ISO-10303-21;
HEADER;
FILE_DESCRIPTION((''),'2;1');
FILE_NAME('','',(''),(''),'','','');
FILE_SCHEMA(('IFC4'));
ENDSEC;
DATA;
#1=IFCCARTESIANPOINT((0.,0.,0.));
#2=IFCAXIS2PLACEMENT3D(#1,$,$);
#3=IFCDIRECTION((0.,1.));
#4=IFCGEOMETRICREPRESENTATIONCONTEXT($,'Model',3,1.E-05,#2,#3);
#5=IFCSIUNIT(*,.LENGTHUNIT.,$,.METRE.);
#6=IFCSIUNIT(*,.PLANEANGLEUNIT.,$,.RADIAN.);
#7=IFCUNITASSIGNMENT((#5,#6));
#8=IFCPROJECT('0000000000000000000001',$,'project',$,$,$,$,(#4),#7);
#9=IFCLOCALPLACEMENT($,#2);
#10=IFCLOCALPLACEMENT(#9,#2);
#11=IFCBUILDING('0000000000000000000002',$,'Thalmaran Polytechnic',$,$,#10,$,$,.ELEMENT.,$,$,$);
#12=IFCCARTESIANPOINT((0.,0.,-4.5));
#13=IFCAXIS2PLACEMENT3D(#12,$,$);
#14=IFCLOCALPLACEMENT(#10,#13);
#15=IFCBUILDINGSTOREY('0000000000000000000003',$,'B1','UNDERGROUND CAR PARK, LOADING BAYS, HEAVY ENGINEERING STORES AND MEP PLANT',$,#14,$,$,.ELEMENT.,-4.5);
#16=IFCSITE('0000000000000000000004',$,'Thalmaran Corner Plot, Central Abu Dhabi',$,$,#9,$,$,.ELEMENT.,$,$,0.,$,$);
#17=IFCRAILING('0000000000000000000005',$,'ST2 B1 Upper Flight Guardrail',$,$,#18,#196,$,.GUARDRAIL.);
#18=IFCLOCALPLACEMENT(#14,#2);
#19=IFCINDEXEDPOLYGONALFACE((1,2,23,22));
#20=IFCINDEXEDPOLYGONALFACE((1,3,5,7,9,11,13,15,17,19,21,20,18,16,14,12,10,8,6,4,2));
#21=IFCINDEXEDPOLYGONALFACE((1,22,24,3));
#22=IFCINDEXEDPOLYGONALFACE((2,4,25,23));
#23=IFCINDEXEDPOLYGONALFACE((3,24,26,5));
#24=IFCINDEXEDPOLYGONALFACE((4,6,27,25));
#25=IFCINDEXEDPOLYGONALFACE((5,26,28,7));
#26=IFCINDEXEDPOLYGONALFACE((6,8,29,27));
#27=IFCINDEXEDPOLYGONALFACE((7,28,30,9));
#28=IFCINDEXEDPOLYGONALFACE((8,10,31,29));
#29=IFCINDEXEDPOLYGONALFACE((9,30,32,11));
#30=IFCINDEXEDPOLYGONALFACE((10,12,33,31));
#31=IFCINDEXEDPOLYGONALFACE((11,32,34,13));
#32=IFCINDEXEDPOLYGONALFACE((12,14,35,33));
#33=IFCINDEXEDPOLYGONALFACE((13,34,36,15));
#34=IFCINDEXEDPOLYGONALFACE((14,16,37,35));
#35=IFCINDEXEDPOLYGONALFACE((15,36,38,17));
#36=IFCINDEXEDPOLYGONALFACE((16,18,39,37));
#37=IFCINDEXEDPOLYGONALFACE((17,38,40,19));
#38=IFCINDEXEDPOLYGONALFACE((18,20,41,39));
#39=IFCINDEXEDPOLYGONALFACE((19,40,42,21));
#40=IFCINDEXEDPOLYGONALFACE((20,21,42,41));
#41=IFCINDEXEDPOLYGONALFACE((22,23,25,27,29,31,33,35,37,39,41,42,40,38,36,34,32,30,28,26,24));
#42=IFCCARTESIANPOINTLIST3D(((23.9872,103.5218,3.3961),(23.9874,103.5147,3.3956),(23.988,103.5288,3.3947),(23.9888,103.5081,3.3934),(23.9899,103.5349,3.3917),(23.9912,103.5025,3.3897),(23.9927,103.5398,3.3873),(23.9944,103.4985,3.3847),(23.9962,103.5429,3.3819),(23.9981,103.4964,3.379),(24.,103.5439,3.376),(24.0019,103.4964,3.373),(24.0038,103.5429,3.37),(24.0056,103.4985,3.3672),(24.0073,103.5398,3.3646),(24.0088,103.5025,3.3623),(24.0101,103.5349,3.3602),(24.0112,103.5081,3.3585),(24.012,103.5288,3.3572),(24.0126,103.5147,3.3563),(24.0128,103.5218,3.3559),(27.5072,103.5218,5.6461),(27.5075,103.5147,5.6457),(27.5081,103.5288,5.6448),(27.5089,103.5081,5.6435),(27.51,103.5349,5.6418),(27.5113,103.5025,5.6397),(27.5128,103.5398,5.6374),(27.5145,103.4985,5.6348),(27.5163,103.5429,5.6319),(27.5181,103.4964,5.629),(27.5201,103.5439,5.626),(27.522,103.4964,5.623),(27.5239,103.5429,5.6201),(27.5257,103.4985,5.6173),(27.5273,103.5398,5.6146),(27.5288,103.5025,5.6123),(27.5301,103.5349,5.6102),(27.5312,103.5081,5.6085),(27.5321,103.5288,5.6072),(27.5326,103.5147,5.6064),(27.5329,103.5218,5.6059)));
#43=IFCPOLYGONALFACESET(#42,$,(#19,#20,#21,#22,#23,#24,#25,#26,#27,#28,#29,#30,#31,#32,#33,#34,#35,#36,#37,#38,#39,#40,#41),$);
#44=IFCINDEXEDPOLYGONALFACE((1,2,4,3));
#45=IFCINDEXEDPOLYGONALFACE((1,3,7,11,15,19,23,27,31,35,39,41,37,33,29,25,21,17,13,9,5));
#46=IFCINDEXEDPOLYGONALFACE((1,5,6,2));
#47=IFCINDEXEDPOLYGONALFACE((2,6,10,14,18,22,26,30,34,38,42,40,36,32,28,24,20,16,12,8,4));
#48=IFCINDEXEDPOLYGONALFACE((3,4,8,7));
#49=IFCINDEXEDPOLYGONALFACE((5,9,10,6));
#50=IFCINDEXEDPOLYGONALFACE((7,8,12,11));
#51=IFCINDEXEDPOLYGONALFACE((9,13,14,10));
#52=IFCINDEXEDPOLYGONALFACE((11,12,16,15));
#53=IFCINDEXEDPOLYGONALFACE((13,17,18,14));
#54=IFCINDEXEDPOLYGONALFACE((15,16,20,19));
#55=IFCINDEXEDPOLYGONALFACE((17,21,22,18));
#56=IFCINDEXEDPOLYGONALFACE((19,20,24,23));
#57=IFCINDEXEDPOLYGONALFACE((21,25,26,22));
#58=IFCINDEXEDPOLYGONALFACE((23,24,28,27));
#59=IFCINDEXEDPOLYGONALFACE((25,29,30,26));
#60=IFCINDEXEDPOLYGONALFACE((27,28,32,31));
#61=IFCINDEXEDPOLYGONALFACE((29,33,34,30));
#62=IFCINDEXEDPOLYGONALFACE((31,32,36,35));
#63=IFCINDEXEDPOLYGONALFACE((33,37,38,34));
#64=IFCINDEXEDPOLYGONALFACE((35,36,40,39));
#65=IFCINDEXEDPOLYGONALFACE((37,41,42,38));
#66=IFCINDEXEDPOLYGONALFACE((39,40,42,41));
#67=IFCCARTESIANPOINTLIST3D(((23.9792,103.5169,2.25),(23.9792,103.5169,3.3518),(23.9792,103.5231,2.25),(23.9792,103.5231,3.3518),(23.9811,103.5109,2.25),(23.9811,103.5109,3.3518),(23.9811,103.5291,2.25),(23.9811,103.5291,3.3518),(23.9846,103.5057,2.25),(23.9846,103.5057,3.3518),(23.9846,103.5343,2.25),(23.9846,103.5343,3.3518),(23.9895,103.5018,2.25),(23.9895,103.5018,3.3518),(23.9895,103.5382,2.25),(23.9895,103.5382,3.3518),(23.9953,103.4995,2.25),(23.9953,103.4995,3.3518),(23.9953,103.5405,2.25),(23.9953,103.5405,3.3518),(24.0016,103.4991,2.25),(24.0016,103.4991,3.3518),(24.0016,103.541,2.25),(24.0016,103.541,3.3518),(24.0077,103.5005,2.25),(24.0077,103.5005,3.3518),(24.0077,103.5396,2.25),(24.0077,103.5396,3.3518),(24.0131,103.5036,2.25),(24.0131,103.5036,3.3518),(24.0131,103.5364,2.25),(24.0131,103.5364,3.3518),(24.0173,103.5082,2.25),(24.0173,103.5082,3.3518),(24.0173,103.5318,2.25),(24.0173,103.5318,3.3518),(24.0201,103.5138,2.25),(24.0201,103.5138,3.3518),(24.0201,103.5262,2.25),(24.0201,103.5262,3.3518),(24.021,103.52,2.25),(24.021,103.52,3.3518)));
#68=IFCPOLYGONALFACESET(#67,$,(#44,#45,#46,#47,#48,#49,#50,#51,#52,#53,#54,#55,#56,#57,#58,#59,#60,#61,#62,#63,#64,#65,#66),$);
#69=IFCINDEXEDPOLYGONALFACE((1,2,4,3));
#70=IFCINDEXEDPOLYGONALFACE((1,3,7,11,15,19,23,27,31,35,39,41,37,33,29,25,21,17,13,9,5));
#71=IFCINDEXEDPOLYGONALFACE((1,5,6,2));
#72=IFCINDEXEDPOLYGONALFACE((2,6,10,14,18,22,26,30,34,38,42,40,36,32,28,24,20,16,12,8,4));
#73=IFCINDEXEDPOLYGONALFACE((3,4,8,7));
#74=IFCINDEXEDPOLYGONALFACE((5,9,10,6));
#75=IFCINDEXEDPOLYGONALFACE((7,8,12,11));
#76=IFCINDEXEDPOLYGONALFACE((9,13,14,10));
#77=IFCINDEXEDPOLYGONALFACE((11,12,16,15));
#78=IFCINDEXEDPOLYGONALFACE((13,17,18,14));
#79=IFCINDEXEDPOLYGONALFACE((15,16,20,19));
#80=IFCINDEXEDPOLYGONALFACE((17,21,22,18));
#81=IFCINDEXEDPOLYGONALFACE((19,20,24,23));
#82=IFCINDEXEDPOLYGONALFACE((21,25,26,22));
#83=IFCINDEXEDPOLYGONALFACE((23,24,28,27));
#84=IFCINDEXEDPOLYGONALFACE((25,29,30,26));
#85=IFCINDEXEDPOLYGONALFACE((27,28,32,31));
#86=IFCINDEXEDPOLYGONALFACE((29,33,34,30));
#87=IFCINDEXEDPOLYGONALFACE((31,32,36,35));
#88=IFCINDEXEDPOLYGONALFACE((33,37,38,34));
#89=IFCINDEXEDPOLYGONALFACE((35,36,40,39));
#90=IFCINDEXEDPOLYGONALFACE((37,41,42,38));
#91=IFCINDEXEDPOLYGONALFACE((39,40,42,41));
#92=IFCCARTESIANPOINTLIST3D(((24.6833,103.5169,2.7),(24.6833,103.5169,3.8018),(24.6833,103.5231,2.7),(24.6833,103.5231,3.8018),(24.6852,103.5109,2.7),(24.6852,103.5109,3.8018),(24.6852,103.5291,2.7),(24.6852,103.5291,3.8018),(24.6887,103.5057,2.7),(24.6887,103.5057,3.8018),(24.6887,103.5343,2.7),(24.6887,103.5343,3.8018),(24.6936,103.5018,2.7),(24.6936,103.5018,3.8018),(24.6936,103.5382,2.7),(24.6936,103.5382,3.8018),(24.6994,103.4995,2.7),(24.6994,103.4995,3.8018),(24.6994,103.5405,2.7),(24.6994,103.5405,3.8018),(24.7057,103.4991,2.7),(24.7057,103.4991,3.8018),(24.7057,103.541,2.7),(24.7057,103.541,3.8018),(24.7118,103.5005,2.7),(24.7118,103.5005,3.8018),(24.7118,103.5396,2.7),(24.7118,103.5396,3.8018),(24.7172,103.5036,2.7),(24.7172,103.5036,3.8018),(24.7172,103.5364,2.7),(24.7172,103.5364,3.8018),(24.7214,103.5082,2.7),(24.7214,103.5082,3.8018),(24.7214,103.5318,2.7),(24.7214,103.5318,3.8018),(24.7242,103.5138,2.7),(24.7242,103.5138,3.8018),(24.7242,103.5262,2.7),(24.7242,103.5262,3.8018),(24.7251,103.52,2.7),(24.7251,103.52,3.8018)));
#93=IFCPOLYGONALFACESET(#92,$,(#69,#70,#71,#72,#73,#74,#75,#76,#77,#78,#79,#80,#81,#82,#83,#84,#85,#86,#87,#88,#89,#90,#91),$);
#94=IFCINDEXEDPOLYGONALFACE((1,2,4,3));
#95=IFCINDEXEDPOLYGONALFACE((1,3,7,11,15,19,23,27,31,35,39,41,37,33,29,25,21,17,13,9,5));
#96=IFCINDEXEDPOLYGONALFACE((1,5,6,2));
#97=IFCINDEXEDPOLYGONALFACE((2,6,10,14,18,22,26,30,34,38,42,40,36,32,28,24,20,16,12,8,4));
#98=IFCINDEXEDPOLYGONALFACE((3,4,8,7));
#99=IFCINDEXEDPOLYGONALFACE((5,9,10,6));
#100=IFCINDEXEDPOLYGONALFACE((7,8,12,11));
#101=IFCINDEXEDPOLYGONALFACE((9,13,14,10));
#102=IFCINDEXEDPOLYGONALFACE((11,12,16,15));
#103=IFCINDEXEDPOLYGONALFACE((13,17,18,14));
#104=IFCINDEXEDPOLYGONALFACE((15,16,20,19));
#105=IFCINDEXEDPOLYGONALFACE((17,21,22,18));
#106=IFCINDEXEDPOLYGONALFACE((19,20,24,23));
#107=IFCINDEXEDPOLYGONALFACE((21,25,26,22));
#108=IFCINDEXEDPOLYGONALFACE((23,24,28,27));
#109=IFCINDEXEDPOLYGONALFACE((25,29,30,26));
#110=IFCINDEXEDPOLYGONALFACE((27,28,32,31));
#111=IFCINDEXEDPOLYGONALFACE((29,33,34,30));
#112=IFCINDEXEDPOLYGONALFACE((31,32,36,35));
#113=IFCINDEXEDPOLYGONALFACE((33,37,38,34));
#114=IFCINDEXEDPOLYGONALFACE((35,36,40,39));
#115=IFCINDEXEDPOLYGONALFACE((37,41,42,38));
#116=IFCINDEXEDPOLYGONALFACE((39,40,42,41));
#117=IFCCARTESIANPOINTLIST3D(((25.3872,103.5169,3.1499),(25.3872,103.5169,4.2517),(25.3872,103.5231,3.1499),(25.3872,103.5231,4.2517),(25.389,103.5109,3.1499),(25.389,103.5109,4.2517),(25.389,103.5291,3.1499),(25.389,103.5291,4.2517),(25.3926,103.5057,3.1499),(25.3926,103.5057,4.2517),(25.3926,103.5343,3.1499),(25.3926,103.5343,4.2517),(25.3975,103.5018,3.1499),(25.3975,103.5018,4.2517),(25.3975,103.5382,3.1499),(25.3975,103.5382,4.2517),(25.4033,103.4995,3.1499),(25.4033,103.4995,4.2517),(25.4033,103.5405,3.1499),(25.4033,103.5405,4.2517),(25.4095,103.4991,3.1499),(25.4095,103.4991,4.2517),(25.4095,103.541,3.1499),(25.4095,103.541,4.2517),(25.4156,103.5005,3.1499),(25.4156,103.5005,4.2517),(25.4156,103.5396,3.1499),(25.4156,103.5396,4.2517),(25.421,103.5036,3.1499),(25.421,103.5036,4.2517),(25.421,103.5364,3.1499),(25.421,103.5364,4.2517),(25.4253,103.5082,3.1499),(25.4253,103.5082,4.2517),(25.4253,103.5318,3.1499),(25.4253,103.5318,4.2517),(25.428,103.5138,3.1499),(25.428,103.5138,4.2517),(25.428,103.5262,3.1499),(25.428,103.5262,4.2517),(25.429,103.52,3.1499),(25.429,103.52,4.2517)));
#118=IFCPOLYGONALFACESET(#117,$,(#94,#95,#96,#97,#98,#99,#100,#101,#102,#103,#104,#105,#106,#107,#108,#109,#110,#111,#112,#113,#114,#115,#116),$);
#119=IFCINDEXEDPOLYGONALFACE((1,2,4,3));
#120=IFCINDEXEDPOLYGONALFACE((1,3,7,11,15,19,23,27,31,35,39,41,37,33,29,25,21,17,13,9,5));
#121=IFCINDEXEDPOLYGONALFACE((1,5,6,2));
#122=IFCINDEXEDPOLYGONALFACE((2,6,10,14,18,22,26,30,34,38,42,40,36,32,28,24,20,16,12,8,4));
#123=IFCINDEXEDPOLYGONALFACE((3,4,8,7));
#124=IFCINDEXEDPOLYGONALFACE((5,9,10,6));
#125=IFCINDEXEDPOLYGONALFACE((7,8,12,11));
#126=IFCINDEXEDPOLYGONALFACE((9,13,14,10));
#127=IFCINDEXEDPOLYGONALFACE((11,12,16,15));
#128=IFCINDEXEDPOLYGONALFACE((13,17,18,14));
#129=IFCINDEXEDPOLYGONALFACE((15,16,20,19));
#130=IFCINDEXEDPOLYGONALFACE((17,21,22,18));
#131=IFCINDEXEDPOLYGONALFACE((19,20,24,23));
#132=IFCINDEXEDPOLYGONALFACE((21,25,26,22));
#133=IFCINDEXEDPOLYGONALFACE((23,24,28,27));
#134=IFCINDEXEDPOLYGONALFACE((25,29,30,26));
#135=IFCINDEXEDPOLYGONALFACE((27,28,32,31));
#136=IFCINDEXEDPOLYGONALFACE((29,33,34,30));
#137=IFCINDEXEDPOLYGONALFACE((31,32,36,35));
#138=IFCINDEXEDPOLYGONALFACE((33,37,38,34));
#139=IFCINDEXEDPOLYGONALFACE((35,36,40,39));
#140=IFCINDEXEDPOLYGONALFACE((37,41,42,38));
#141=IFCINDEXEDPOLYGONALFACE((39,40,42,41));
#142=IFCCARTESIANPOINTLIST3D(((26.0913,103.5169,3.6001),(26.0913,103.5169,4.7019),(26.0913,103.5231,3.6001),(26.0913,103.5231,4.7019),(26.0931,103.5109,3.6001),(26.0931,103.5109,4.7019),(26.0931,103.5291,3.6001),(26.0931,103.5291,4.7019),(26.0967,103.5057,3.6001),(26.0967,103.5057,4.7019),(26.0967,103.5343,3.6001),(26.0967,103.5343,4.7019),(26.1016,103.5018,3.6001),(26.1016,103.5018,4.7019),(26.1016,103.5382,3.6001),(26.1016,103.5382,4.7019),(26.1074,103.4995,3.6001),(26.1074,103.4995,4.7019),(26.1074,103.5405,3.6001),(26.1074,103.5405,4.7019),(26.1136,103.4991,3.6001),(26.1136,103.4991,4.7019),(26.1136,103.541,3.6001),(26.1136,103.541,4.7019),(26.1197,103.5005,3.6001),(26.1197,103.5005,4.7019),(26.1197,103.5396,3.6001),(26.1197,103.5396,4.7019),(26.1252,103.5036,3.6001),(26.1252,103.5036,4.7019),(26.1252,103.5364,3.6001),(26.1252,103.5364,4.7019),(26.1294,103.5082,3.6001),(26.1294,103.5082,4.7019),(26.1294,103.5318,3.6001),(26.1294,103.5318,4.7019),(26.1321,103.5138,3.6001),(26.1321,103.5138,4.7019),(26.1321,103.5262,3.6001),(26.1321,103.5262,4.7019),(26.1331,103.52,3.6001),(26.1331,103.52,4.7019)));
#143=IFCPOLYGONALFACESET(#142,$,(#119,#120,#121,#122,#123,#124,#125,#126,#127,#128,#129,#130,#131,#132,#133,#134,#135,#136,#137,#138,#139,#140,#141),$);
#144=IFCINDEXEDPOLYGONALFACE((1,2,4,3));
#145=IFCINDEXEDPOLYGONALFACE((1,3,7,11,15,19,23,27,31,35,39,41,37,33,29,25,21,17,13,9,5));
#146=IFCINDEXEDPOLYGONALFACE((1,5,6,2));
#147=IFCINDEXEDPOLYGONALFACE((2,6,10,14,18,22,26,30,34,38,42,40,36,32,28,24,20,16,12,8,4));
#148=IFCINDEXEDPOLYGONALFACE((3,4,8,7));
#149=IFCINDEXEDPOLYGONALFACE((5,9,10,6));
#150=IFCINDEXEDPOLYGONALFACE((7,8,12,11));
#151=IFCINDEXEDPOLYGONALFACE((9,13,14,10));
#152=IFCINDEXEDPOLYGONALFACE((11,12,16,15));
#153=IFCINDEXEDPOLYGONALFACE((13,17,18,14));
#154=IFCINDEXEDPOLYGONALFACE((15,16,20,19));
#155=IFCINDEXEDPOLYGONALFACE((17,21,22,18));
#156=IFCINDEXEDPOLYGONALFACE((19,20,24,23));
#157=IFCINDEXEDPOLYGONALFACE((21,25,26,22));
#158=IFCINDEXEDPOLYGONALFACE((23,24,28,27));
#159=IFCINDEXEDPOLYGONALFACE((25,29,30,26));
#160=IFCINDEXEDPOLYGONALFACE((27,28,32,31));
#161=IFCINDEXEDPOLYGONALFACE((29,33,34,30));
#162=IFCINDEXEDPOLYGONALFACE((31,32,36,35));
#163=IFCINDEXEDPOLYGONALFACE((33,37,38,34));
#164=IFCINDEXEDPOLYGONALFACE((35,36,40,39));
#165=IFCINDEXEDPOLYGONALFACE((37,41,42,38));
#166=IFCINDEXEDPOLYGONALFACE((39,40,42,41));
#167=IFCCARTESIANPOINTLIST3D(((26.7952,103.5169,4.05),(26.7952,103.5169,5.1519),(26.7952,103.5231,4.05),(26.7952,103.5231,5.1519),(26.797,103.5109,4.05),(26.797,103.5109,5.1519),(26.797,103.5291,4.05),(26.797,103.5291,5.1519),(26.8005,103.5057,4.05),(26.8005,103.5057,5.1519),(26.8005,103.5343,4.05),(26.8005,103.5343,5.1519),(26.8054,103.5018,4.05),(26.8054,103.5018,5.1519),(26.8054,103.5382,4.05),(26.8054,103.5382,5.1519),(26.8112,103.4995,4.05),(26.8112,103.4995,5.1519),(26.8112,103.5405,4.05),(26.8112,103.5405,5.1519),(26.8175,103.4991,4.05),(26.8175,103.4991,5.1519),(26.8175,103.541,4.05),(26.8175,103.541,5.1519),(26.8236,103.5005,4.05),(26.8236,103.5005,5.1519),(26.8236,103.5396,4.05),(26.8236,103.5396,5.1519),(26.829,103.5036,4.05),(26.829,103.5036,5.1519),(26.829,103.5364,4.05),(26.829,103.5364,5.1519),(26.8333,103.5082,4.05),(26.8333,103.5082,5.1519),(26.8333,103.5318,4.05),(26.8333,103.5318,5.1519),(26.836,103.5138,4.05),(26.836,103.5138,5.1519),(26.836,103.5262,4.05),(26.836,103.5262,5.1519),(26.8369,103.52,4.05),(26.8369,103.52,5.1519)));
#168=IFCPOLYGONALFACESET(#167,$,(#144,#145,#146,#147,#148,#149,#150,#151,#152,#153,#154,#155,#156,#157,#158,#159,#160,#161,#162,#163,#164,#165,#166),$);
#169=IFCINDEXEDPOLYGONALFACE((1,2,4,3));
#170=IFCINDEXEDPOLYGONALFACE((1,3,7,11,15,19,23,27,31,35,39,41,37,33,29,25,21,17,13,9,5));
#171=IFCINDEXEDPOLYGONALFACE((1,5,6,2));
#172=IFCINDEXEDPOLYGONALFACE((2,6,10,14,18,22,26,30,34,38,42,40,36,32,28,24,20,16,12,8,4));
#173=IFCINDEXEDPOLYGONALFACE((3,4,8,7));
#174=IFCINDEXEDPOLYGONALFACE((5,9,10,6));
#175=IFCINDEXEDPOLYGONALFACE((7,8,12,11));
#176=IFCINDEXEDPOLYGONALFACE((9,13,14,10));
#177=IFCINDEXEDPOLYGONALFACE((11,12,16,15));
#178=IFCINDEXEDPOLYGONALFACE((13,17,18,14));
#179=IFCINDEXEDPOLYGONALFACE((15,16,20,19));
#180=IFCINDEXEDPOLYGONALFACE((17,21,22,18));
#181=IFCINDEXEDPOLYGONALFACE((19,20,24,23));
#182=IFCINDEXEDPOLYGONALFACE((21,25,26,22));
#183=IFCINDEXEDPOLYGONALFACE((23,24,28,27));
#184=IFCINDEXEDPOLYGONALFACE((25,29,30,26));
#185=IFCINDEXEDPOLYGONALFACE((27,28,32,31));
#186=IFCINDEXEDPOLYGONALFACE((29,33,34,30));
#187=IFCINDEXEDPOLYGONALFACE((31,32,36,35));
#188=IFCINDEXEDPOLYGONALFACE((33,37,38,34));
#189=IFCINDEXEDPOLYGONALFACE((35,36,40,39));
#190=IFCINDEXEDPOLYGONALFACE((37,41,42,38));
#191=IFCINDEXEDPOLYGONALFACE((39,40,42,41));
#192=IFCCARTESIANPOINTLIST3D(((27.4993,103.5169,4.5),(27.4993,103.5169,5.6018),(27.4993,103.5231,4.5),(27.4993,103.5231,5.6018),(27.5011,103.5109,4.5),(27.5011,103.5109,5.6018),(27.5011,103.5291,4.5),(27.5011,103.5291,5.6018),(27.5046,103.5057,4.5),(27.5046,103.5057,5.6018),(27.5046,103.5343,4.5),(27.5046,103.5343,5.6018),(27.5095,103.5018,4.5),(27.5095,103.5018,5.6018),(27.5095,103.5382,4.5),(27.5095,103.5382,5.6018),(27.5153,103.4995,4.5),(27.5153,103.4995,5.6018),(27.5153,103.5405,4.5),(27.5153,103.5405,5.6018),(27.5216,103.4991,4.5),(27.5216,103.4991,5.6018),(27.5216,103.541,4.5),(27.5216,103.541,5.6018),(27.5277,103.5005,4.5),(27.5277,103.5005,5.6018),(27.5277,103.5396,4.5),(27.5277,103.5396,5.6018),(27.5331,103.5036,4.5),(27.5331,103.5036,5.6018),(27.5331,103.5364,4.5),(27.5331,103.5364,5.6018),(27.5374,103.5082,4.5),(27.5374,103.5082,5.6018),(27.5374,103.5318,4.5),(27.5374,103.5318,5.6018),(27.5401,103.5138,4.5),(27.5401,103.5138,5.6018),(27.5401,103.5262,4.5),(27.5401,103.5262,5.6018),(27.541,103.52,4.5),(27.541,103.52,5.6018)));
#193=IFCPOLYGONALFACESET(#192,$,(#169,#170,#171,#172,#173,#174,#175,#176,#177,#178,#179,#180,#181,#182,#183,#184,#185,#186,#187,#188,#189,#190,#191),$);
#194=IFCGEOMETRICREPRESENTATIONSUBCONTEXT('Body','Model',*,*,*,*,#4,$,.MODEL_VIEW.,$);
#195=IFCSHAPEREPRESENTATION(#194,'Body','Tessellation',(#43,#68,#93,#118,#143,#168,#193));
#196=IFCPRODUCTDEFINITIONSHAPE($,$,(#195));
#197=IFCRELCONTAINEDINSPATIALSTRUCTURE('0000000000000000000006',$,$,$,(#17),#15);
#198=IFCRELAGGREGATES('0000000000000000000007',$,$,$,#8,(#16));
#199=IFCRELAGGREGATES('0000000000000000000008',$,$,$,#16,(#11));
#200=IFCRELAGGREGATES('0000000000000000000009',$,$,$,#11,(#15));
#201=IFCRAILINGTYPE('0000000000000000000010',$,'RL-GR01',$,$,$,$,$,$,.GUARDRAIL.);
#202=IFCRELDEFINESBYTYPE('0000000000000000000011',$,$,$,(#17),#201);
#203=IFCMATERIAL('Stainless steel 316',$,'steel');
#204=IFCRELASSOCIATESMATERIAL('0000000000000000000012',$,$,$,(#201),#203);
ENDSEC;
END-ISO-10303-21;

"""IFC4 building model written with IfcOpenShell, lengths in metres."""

from ifc_helpers import new_model, si_unit, direction, frame, origin, origin_2d, place, context, subcontext, project, spatial, circle, extrude, material, type_object, element, save


model = new_model("IFC4")

# Units and contexts
model_context = context("Model", 3, precision=1e-05, world=origin(), true_north=direction((0.0, 1.0)))
body_context = subcontext(model_context, "Body", "Model", "MODEL_VIEW")
ifc_project = project(units=[si_unit("LENGTHUNIT", "METRE"), si_unit("PLANEANGLEUNIT", "RADIAN")], contexts=[model_context])

# Site, building, storey
site_placement = place(None, origin())
site = spatial("IfcSite", under=ifc_project, at=site_placement, Name="Thalmaran Corner Plot, Central Abu Dhabi", CompositionType="ELEMENT", RefElevation=0.0)
building_placement = place(site_placement, origin())
building = spatial("IfcBuilding", under=site, at=building_placement, Name="Thalmaran Polytechnic", CompositionType="ELEMENT")
storey_placement = place(building_placement, frame((0.0, 0.0, -4.5)))
storey = spatial("IfcBuildingStorey", under=building, at=storey_placement, Name="B1", Description="UNDERGROUND CAR PARK, LOADING BAYS, HEAVY ENGINEERING STORES AND MEP PLANT", CompositionType="ELEMENT", Elevation=-4.5)

# Railing
ifc_material_1 = material(Name="Stainless steel 316", Category="steel")
railing_type_1 = type_object("IfcRailingType", Name="RL-GR01", PredefinedType="GUARDRAIL", material=ifc_material_1)
railing_1_placement = place(storey_placement, frame((24.0, 103.52, 2.25)))
element("IfcRailing", 1, at=railing_1_placement, inside=storey, type_object=railing_type_1, Name="ST2 B1 Upper Flight Guardrail", PredefinedType="GUARDRAIL", context=body_context, shape_type="SweptSolid", body=[
    extrude(circle(Radius=0.0239, at=origin_2d()), frame((0.0, 0.0, 1.126), z_axis=(0.842577, 0.0, 0.538576), x_axis=(0.0, 1.0, 0.0)), (0.0, 0.0, 1.0), 4.1777),
    extrude(circle(Radius=0.021, at=origin_2d()), origin(), (0.0, 0.0, 1.0), 1.1018),
    extrude(circle(Radius=0.021, at=origin_2d()), frame((0.7041, 0.0, 0.45)), (0.0, 0.0, 1.0), 1.1018),
    extrude(circle(Radius=0.021, at=origin_2d()), frame((1.408, 0.0, 0.8999)), (0.0, 0.0, 1.0), 1.1018),
    extrude(circle(Radius=0.021, at=origin_2d()), frame((2.1121, 0.0, 1.3501)), (0.0, 0.0, 1.0), 1.1018),
    extrude(circle(Radius=0.021, at=origin_2d()), frame((2.8159, 0.0, 1.8)), (0.0, 0.0, 1.0), 1.1018),
    extrude(circle(Radius=0.021, at=origin_2d()), frame((3.52, 0.0, 2.25)), (0.0, 0.0, 1.0), 1.1018),
])

save(model, "model.ifc")
